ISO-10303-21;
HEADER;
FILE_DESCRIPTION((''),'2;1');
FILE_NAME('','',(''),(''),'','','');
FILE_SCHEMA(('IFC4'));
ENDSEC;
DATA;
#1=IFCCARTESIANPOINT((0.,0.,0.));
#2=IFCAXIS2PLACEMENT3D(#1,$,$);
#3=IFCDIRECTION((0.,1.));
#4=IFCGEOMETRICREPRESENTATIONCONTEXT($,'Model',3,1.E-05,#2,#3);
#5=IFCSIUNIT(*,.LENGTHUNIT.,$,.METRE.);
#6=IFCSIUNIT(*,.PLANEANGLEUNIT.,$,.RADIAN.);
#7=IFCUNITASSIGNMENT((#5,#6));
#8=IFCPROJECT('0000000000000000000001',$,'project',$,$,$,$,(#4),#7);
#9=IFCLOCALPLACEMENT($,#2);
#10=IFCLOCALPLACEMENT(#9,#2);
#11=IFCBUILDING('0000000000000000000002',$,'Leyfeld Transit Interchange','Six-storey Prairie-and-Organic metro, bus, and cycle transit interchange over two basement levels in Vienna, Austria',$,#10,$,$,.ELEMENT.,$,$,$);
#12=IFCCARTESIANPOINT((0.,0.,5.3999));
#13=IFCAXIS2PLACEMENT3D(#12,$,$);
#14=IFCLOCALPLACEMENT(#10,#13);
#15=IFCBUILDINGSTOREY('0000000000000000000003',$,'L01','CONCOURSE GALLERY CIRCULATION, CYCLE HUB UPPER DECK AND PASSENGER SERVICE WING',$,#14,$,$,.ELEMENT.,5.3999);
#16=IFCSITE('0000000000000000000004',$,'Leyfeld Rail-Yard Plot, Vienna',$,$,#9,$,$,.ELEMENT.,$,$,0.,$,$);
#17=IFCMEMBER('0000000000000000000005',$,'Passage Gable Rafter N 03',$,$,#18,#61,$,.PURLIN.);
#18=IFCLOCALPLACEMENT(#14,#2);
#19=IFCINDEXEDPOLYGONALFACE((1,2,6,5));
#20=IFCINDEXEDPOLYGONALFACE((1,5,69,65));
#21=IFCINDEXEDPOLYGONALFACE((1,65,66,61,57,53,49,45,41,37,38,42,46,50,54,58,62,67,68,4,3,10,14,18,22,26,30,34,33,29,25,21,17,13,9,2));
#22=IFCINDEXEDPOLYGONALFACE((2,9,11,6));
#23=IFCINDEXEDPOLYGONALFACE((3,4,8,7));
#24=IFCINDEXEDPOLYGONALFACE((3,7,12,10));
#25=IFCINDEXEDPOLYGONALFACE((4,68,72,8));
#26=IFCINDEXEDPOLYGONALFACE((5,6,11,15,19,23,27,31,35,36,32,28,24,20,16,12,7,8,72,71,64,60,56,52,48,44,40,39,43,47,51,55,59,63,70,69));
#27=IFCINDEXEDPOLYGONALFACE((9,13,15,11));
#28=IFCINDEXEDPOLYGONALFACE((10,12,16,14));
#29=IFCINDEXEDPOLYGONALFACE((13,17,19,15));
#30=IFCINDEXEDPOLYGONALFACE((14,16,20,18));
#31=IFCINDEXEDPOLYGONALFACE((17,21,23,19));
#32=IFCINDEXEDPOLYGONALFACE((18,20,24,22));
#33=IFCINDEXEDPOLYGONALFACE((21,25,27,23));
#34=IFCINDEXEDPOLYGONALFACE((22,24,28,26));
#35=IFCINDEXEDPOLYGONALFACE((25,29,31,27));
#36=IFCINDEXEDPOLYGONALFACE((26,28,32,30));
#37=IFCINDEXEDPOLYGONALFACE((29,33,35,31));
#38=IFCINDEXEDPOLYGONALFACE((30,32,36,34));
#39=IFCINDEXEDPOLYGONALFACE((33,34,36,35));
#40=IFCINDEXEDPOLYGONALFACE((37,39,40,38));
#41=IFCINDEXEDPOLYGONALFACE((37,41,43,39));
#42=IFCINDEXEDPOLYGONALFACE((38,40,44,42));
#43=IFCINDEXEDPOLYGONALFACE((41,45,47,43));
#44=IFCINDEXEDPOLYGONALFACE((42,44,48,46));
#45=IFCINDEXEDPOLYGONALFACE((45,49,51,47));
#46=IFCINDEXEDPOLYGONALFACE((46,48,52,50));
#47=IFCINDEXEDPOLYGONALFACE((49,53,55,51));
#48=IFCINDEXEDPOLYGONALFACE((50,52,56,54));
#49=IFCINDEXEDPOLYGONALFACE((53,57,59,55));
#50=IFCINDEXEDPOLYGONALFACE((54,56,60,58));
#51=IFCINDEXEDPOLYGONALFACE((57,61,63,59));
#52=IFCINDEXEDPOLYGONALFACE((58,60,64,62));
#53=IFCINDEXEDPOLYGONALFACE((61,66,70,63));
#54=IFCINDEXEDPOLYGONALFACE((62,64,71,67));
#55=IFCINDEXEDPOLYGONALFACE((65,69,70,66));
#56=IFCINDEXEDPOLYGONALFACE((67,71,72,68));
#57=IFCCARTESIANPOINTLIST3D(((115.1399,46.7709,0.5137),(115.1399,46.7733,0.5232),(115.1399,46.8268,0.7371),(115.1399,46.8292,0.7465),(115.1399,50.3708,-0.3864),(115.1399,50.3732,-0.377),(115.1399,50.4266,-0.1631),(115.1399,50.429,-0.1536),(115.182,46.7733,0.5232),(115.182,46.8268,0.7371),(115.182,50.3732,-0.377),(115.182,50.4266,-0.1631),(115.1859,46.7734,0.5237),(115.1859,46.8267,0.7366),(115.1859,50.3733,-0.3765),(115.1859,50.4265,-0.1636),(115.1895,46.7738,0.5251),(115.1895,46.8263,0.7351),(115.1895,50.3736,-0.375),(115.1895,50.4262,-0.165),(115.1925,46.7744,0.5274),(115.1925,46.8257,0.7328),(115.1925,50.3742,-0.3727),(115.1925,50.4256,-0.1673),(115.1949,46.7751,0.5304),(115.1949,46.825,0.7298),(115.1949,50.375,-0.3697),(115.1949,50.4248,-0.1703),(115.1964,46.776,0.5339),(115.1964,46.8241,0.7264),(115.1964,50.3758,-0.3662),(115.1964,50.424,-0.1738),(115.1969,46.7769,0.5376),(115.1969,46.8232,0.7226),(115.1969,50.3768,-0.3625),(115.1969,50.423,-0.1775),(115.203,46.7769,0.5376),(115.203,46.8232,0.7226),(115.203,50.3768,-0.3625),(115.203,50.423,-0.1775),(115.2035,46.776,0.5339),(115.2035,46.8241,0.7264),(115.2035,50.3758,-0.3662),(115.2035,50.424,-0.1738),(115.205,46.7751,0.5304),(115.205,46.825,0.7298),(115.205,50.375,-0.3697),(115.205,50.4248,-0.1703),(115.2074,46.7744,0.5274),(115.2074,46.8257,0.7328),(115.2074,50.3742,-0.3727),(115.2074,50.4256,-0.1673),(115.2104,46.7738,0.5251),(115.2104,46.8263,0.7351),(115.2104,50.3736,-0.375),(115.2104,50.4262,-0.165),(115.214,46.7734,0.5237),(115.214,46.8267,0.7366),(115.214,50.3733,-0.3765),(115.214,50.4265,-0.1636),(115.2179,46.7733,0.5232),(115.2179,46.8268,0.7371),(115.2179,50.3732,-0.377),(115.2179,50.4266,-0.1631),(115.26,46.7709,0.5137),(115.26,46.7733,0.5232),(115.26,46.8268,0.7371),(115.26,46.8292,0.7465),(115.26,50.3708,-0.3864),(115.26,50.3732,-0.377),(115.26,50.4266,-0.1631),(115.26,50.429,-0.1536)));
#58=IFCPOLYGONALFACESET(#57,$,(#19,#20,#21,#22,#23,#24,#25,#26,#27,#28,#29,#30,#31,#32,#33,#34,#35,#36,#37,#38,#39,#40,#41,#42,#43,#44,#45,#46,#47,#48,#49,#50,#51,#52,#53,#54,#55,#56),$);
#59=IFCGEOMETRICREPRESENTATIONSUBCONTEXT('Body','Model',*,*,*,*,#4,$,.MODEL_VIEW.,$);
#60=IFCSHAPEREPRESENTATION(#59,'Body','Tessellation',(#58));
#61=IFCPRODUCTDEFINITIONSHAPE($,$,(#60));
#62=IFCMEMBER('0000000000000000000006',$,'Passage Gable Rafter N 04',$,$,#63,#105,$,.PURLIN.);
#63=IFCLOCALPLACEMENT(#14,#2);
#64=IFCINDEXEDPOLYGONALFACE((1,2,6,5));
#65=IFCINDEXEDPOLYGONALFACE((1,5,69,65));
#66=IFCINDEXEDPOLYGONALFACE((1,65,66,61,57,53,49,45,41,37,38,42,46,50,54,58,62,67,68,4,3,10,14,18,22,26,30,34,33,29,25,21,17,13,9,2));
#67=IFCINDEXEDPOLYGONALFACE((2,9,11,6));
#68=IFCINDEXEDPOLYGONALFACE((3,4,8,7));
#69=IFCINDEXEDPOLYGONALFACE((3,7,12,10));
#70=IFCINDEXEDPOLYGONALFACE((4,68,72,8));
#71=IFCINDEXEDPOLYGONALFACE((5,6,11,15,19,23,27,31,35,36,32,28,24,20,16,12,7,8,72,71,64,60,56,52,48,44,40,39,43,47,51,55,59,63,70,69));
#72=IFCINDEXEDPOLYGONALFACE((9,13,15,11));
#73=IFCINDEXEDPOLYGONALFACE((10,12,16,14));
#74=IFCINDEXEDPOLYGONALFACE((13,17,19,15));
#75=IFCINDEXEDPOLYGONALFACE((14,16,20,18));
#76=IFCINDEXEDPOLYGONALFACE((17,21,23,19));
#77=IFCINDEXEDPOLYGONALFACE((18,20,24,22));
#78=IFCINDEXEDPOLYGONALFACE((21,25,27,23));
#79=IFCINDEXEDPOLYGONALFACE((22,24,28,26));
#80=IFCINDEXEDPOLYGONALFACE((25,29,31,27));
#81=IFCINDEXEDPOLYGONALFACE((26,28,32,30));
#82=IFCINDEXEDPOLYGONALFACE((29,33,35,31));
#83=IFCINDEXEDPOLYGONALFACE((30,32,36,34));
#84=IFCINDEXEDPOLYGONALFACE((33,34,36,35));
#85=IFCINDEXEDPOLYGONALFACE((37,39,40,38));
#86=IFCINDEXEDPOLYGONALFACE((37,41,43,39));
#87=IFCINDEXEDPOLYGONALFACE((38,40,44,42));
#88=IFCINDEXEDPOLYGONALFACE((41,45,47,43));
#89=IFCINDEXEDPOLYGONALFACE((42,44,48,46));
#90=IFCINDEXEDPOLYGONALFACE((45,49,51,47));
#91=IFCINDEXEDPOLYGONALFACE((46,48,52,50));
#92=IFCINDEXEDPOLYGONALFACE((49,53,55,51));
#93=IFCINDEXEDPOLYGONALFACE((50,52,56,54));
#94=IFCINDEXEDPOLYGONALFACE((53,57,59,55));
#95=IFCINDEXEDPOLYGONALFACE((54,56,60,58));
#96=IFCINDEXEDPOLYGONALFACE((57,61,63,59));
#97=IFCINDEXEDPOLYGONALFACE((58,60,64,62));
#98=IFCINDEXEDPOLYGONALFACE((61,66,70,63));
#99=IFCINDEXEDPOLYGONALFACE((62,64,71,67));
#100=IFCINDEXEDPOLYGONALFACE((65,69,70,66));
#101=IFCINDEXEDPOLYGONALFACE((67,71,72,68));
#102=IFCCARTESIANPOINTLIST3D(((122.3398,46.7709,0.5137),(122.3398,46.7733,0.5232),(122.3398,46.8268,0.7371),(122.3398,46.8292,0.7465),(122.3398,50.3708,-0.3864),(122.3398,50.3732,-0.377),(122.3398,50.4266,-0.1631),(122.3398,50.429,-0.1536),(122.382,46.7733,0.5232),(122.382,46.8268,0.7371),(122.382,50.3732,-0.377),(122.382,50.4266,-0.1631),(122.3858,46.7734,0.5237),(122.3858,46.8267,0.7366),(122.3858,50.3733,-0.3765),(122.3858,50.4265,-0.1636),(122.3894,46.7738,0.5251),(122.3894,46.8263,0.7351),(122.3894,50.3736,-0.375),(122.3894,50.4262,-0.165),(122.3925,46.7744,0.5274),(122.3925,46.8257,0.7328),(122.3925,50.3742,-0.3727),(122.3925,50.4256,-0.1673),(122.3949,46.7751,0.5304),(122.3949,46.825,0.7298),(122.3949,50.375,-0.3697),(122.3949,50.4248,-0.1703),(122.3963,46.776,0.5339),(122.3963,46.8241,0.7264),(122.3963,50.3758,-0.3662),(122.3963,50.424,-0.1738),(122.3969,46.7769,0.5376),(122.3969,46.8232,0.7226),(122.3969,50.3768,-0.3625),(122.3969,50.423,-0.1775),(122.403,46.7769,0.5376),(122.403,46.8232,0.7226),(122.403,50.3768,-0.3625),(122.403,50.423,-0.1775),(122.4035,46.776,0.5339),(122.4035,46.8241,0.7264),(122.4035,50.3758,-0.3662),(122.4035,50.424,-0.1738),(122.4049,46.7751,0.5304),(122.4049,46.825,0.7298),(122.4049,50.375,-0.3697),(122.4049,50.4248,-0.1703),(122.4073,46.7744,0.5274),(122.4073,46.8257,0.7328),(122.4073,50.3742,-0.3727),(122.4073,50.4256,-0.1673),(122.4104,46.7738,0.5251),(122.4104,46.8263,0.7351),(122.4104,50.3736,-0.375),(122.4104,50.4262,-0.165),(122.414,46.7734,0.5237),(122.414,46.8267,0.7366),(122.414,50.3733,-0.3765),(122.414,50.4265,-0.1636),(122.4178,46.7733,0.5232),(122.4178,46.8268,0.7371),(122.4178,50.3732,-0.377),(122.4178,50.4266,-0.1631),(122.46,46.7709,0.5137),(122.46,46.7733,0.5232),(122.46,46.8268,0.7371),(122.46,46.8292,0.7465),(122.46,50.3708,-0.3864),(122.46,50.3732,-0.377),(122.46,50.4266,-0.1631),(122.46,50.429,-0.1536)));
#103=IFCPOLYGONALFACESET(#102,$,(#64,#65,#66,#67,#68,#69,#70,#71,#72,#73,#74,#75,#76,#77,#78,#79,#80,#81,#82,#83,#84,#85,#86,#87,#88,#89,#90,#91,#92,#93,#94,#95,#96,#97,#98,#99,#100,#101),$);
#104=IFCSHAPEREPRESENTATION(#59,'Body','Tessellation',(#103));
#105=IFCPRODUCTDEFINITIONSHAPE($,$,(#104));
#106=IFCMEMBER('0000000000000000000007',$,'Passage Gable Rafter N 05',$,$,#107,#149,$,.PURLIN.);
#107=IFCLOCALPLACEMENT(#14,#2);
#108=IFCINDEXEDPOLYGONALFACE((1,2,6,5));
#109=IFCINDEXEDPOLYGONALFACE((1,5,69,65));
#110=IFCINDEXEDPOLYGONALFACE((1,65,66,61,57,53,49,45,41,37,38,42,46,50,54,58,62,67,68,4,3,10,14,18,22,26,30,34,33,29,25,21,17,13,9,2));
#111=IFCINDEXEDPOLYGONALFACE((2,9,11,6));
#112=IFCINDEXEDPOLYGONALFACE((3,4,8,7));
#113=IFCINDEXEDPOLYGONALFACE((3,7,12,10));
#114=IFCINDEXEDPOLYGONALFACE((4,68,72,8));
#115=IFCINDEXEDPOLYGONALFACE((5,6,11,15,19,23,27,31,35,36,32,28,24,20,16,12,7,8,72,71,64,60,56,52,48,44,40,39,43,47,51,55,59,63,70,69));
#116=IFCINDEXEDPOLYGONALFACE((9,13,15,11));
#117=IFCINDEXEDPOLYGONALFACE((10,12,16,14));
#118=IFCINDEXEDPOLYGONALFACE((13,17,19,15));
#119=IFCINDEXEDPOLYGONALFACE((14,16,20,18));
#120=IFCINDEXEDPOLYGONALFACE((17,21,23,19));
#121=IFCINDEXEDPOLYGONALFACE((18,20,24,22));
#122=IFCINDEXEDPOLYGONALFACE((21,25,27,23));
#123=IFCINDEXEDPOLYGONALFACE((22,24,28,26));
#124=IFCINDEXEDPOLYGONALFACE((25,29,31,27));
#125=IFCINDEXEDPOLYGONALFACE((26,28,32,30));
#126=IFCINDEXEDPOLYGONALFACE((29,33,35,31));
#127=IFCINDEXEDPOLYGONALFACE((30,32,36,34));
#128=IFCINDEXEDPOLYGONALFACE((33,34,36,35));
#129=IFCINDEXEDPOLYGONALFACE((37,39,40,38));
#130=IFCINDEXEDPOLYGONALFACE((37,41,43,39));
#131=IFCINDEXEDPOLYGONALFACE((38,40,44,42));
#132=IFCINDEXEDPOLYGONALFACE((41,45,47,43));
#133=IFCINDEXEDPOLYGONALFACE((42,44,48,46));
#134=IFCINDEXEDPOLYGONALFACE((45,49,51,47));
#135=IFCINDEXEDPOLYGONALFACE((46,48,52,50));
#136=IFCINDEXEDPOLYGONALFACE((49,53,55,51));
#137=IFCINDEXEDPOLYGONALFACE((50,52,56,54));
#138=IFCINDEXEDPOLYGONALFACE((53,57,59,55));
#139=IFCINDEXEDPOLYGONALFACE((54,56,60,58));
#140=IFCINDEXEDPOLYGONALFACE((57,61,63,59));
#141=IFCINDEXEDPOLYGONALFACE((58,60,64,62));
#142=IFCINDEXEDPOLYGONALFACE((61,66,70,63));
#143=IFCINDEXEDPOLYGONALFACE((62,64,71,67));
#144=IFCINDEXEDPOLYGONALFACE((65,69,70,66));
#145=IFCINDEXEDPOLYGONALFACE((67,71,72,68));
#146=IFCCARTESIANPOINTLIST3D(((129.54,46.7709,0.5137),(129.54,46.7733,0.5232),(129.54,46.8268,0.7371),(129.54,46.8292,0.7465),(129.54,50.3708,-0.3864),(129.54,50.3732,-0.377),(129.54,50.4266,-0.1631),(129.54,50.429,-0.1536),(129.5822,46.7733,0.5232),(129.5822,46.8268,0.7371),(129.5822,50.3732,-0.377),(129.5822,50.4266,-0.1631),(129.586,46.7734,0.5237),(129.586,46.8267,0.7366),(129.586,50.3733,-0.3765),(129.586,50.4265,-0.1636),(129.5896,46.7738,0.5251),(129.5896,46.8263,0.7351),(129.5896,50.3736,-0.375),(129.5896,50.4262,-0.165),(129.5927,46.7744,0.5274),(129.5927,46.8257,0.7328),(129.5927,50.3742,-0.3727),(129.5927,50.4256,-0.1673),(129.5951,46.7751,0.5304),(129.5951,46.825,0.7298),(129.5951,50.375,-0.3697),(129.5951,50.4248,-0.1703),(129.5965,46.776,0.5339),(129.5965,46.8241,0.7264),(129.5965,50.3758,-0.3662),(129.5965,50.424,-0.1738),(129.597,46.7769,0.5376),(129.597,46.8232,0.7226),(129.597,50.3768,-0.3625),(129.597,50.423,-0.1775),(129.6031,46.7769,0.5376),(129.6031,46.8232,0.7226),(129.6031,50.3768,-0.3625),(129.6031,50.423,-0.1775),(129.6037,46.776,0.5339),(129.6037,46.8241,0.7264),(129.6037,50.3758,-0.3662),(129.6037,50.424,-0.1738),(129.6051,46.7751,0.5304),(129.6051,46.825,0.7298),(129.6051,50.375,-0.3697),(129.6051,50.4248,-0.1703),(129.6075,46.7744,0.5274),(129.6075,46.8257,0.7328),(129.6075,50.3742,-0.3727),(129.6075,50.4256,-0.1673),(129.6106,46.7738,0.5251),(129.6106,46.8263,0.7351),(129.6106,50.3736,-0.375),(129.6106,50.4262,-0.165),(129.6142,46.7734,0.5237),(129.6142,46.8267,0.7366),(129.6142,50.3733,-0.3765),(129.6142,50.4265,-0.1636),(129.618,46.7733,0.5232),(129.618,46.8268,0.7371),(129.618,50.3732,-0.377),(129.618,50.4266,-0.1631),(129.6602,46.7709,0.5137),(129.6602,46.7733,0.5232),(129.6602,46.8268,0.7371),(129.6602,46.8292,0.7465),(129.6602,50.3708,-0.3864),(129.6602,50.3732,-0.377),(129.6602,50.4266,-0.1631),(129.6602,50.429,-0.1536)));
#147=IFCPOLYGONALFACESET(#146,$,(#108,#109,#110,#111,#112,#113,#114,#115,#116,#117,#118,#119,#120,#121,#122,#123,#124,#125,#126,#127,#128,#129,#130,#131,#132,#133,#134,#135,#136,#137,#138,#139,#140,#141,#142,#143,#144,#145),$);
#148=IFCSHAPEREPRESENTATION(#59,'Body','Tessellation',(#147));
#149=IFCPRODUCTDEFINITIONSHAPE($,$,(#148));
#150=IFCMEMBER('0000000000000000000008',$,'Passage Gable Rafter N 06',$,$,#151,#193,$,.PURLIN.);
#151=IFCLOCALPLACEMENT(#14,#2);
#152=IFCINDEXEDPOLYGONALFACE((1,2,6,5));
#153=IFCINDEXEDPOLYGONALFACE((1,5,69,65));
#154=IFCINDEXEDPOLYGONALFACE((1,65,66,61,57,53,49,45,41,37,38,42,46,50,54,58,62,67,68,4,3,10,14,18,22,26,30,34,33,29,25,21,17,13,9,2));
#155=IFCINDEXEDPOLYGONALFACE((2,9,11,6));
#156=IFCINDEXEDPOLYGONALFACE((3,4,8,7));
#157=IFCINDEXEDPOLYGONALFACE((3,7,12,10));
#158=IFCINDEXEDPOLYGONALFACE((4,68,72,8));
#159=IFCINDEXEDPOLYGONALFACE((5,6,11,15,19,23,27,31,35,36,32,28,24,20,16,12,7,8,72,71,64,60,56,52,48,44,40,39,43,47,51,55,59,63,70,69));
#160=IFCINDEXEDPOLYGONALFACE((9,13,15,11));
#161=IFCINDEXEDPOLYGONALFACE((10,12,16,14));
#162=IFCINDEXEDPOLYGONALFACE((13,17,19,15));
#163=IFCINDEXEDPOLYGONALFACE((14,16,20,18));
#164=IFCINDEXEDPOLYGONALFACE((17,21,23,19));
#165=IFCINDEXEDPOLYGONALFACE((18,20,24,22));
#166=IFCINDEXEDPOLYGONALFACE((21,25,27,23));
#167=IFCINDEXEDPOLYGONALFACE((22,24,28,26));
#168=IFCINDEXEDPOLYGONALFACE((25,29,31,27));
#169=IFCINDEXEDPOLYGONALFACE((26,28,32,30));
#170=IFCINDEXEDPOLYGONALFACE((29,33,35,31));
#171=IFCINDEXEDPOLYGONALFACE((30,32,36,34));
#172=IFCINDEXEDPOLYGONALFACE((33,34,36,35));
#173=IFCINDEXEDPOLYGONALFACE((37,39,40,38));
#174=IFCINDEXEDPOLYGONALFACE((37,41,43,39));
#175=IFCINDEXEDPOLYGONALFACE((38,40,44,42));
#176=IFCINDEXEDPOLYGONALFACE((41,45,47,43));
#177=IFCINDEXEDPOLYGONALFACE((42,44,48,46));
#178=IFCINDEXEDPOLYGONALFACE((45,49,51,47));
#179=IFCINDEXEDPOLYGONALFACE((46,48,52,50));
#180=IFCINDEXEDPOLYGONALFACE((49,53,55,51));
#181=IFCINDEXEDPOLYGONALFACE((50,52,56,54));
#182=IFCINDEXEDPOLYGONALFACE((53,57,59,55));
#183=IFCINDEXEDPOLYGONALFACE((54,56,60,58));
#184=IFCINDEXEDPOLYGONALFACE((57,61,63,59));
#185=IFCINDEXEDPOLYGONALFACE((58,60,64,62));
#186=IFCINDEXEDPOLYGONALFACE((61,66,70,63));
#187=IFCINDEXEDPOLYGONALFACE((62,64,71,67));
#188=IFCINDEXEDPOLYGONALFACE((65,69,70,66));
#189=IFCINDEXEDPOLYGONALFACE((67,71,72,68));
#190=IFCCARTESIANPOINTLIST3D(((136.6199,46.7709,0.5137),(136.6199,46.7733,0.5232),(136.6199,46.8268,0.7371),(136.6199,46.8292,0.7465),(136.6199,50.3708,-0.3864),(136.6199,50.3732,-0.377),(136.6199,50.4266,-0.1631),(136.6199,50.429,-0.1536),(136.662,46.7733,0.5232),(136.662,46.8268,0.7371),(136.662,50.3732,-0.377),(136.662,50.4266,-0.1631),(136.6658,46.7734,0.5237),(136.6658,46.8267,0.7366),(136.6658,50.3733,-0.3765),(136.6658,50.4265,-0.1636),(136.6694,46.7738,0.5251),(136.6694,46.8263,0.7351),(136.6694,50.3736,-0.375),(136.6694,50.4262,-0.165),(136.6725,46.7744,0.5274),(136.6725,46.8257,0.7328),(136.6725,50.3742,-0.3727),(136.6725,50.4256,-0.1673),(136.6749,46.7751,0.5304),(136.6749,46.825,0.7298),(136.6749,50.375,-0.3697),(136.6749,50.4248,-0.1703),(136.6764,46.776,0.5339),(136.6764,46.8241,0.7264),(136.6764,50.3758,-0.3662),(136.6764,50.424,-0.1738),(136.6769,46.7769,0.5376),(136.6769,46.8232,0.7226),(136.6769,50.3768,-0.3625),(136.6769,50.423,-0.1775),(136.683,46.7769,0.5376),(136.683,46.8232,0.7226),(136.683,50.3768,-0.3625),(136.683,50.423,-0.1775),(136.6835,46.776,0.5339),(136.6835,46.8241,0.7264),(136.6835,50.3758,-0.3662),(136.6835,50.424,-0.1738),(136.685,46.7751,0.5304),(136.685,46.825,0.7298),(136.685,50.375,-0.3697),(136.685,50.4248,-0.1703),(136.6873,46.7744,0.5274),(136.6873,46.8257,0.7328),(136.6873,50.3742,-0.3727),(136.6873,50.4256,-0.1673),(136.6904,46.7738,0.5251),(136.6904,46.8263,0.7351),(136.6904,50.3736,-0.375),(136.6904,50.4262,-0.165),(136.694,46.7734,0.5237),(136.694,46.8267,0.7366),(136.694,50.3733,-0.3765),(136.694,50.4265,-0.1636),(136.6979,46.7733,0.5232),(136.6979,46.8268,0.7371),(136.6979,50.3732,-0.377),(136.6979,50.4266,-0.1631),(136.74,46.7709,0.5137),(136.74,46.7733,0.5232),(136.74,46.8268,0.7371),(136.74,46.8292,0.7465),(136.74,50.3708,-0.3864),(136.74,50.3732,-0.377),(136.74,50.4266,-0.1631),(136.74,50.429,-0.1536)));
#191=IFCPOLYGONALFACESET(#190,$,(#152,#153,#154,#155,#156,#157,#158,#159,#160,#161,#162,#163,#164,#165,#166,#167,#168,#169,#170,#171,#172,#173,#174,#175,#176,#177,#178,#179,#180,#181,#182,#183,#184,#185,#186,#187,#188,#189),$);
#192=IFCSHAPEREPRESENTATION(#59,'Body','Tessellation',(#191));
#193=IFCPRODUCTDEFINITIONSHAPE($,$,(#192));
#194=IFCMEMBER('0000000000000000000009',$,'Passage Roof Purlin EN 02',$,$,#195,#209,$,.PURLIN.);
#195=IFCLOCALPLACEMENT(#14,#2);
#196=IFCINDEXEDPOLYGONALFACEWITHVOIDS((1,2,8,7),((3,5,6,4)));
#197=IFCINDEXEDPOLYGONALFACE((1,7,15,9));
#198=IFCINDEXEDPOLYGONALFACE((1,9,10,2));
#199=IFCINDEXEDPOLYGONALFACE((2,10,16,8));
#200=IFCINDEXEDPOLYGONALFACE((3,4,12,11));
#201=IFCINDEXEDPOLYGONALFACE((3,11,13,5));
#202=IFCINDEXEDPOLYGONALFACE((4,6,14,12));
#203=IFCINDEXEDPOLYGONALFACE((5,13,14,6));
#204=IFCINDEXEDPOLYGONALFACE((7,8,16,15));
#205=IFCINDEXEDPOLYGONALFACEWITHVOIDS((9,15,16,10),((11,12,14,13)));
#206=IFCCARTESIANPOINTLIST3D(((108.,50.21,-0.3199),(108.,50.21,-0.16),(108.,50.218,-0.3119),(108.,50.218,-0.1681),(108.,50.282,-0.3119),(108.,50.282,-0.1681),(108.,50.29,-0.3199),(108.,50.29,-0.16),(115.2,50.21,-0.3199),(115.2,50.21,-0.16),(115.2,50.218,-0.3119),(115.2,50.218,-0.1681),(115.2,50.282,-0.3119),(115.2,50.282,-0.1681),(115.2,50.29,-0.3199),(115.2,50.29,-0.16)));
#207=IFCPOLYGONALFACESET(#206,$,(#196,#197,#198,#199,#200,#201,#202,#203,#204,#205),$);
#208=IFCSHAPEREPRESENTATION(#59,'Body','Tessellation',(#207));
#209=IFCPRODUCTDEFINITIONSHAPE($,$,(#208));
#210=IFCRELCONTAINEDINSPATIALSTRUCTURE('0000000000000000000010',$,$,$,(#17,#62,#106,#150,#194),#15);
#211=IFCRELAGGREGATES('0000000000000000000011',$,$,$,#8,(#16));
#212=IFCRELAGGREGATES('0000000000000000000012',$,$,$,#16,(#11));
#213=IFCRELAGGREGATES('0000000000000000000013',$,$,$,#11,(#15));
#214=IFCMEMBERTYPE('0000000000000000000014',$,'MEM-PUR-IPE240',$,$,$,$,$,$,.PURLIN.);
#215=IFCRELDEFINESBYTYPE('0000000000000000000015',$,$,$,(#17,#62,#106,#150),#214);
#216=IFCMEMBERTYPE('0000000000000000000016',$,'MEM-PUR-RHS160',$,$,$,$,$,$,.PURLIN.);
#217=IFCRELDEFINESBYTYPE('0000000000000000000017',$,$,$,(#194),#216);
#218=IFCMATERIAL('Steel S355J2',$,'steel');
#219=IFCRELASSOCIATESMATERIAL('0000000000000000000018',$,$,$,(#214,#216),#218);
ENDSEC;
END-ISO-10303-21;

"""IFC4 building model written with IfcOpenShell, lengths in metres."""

from ifc_helpers import new_model, si_unit, direction, frame, origin, origin_2d, place, context, subcontext, project, spatial, hollow_rectangle, i_section, extrude, material, material_profile, profile_set, type_object, element, save


model = new_model("IFC4")

# Units and contexts
model_context = context("Model", 3, precision=1e-05, world=origin(), true_north=direction((0.0, 1.0)))
body_context = subcontext(model_context, "Body", "Model", "MODEL_VIEW")
ifc_project = project(units=[si_unit("LENGTHUNIT", "METRE"), si_unit("PLANEANGLEUNIT", "RADIAN")], contexts=[model_context])

# Site, building, storey
site_placement = place(None, origin())
site = spatial("IfcSite", under=ifc_project, at=site_placement, Name="Leyfeld Rail-Yard Plot, Vienna", CompositionType="ELEMENT", RefElevation=0.0)
building_placement = place(site_placement, origin())
building = spatial("IfcBuilding", under=site, at=building_placement, Name="Leyfeld Transit Interchange", Description="Six-storey Prairie-and-Organic metro, bus, and cycle transit interchange over two basement levels in Vienna, Austria", CompositionType="ELEMENT")
storey_placement = place(building_placement, frame((0.0, 0.0, 5.3999)))
storey = spatial("IfcBuildingStorey", under=building, at=storey_placement, Name="L01", Description="CONCOURSE GALLERY CIRCULATION, CYCLE HUB UPPER DECK AND PASSENGER SERVICE WING", CompositionType="ELEMENT", Elevation=5.3999)

# Shared definitions
ifc_material_1 = material(Name="Steel S355J2", Category="steel")

# Members
ifc_material_profile_1 = material_profile(ifc_material_1, i_section(OverallWidth=0.1201, OverallDepth=0.24, WebThickness=0.0061, FlangeThickness=0.0098, FilletRadius=0.0149, at=origin_2d()), Name="IPE 240")
ifc_profile_set_1 = profile_set([ifc_material_profile_1], Name="Steel S355J2")
member_type_1 = type_object("IfcMemberType", Name="MEM-PUR-IPE240", PredefinedType="PURLIN", material=ifc_profile_set_1)
for number, where, z_axis, x_axis, name in (
    (1, (115.2, 50.3999, -0.27), (0.0, -0.970131, 0.242582), (1.0, 0.0, 0.0), "Passage Gable Rafter N 03"),
    (2, (122.3999, 50.3999, -0.27), (0.0, -0.970131, 0.242582), (1.0, 0.0, 0.0), "Passage Gable Rafter N 04"),
    (3, (129.6001, 50.3999, -0.27), (0.0, -0.970131, 0.242582), (1.0, 0.0, 0.0), "Passage Gable Rafter N 05"),
    (4, (136.6799, 50.3999, -0.27), (0.0, -0.970131, 0.242582), (1.0, 0.0, 0.0), "Passage Gable Rafter N 06"),
):
    element("IfcMember", number, at=place(storey_placement, frame(where, z_axis=z_axis, x_axis=x_axis)), inside=storey, type_object=member_type_1, Name=name, PredefinedType="PURLIN", context=body_context, shape_type="SweptSolid", body=[
        extrude(i_section(OverallWidth=0.1201, OverallDepth=0.24, WebThickness=0.0061, FlangeThickness=0.0098, FilletRadius=0.0149, at=origin_2d()), origin(), (0.0, 0.0, 1.0), 3.7107),
    ])
ifc_material_profile_2 = material_profile(ifc_material_1, hollow_rectangle(XDim=0.0801, YDim=0.1599, WallThickness=0.0081, at=origin_2d()), Name="RHS 160x80x8")
ifc_profile_set_2 = profile_set([ifc_material_profile_2], Name="Steel S355J2")
member_type_2 = type_object("IfcMemberType", Name="MEM-PUR-RHS160", PredefinedType="PURLIN", material=ifc_profile_set_2)
for number, where, z_axis, x_axis, name in (
    (5, (108.0, 50.25, -0.24), (1.0, 0.0, 0.0), (0.0, 1.0, 0.0), "Passage Roof Purlin EN 02"),
):
    element("IfcMember", number, at=place(storey_placement, frame(where, z_axis=z_axis, x_axis=x_axis)), inside=storey, type_object=member_type_2, Name=name, PredefinedType="PURLIN", context=body_context, shape_type="SweptSolid", body=[
        extrude(hollow_rectangle(XDim=0.0801, YDim=0.1599, WallThickness=0.0081, at=origin_2d()), origin(), (0.0, 0.0, 1.0), 7.2),
    ])

save(model, "model.ifc")
